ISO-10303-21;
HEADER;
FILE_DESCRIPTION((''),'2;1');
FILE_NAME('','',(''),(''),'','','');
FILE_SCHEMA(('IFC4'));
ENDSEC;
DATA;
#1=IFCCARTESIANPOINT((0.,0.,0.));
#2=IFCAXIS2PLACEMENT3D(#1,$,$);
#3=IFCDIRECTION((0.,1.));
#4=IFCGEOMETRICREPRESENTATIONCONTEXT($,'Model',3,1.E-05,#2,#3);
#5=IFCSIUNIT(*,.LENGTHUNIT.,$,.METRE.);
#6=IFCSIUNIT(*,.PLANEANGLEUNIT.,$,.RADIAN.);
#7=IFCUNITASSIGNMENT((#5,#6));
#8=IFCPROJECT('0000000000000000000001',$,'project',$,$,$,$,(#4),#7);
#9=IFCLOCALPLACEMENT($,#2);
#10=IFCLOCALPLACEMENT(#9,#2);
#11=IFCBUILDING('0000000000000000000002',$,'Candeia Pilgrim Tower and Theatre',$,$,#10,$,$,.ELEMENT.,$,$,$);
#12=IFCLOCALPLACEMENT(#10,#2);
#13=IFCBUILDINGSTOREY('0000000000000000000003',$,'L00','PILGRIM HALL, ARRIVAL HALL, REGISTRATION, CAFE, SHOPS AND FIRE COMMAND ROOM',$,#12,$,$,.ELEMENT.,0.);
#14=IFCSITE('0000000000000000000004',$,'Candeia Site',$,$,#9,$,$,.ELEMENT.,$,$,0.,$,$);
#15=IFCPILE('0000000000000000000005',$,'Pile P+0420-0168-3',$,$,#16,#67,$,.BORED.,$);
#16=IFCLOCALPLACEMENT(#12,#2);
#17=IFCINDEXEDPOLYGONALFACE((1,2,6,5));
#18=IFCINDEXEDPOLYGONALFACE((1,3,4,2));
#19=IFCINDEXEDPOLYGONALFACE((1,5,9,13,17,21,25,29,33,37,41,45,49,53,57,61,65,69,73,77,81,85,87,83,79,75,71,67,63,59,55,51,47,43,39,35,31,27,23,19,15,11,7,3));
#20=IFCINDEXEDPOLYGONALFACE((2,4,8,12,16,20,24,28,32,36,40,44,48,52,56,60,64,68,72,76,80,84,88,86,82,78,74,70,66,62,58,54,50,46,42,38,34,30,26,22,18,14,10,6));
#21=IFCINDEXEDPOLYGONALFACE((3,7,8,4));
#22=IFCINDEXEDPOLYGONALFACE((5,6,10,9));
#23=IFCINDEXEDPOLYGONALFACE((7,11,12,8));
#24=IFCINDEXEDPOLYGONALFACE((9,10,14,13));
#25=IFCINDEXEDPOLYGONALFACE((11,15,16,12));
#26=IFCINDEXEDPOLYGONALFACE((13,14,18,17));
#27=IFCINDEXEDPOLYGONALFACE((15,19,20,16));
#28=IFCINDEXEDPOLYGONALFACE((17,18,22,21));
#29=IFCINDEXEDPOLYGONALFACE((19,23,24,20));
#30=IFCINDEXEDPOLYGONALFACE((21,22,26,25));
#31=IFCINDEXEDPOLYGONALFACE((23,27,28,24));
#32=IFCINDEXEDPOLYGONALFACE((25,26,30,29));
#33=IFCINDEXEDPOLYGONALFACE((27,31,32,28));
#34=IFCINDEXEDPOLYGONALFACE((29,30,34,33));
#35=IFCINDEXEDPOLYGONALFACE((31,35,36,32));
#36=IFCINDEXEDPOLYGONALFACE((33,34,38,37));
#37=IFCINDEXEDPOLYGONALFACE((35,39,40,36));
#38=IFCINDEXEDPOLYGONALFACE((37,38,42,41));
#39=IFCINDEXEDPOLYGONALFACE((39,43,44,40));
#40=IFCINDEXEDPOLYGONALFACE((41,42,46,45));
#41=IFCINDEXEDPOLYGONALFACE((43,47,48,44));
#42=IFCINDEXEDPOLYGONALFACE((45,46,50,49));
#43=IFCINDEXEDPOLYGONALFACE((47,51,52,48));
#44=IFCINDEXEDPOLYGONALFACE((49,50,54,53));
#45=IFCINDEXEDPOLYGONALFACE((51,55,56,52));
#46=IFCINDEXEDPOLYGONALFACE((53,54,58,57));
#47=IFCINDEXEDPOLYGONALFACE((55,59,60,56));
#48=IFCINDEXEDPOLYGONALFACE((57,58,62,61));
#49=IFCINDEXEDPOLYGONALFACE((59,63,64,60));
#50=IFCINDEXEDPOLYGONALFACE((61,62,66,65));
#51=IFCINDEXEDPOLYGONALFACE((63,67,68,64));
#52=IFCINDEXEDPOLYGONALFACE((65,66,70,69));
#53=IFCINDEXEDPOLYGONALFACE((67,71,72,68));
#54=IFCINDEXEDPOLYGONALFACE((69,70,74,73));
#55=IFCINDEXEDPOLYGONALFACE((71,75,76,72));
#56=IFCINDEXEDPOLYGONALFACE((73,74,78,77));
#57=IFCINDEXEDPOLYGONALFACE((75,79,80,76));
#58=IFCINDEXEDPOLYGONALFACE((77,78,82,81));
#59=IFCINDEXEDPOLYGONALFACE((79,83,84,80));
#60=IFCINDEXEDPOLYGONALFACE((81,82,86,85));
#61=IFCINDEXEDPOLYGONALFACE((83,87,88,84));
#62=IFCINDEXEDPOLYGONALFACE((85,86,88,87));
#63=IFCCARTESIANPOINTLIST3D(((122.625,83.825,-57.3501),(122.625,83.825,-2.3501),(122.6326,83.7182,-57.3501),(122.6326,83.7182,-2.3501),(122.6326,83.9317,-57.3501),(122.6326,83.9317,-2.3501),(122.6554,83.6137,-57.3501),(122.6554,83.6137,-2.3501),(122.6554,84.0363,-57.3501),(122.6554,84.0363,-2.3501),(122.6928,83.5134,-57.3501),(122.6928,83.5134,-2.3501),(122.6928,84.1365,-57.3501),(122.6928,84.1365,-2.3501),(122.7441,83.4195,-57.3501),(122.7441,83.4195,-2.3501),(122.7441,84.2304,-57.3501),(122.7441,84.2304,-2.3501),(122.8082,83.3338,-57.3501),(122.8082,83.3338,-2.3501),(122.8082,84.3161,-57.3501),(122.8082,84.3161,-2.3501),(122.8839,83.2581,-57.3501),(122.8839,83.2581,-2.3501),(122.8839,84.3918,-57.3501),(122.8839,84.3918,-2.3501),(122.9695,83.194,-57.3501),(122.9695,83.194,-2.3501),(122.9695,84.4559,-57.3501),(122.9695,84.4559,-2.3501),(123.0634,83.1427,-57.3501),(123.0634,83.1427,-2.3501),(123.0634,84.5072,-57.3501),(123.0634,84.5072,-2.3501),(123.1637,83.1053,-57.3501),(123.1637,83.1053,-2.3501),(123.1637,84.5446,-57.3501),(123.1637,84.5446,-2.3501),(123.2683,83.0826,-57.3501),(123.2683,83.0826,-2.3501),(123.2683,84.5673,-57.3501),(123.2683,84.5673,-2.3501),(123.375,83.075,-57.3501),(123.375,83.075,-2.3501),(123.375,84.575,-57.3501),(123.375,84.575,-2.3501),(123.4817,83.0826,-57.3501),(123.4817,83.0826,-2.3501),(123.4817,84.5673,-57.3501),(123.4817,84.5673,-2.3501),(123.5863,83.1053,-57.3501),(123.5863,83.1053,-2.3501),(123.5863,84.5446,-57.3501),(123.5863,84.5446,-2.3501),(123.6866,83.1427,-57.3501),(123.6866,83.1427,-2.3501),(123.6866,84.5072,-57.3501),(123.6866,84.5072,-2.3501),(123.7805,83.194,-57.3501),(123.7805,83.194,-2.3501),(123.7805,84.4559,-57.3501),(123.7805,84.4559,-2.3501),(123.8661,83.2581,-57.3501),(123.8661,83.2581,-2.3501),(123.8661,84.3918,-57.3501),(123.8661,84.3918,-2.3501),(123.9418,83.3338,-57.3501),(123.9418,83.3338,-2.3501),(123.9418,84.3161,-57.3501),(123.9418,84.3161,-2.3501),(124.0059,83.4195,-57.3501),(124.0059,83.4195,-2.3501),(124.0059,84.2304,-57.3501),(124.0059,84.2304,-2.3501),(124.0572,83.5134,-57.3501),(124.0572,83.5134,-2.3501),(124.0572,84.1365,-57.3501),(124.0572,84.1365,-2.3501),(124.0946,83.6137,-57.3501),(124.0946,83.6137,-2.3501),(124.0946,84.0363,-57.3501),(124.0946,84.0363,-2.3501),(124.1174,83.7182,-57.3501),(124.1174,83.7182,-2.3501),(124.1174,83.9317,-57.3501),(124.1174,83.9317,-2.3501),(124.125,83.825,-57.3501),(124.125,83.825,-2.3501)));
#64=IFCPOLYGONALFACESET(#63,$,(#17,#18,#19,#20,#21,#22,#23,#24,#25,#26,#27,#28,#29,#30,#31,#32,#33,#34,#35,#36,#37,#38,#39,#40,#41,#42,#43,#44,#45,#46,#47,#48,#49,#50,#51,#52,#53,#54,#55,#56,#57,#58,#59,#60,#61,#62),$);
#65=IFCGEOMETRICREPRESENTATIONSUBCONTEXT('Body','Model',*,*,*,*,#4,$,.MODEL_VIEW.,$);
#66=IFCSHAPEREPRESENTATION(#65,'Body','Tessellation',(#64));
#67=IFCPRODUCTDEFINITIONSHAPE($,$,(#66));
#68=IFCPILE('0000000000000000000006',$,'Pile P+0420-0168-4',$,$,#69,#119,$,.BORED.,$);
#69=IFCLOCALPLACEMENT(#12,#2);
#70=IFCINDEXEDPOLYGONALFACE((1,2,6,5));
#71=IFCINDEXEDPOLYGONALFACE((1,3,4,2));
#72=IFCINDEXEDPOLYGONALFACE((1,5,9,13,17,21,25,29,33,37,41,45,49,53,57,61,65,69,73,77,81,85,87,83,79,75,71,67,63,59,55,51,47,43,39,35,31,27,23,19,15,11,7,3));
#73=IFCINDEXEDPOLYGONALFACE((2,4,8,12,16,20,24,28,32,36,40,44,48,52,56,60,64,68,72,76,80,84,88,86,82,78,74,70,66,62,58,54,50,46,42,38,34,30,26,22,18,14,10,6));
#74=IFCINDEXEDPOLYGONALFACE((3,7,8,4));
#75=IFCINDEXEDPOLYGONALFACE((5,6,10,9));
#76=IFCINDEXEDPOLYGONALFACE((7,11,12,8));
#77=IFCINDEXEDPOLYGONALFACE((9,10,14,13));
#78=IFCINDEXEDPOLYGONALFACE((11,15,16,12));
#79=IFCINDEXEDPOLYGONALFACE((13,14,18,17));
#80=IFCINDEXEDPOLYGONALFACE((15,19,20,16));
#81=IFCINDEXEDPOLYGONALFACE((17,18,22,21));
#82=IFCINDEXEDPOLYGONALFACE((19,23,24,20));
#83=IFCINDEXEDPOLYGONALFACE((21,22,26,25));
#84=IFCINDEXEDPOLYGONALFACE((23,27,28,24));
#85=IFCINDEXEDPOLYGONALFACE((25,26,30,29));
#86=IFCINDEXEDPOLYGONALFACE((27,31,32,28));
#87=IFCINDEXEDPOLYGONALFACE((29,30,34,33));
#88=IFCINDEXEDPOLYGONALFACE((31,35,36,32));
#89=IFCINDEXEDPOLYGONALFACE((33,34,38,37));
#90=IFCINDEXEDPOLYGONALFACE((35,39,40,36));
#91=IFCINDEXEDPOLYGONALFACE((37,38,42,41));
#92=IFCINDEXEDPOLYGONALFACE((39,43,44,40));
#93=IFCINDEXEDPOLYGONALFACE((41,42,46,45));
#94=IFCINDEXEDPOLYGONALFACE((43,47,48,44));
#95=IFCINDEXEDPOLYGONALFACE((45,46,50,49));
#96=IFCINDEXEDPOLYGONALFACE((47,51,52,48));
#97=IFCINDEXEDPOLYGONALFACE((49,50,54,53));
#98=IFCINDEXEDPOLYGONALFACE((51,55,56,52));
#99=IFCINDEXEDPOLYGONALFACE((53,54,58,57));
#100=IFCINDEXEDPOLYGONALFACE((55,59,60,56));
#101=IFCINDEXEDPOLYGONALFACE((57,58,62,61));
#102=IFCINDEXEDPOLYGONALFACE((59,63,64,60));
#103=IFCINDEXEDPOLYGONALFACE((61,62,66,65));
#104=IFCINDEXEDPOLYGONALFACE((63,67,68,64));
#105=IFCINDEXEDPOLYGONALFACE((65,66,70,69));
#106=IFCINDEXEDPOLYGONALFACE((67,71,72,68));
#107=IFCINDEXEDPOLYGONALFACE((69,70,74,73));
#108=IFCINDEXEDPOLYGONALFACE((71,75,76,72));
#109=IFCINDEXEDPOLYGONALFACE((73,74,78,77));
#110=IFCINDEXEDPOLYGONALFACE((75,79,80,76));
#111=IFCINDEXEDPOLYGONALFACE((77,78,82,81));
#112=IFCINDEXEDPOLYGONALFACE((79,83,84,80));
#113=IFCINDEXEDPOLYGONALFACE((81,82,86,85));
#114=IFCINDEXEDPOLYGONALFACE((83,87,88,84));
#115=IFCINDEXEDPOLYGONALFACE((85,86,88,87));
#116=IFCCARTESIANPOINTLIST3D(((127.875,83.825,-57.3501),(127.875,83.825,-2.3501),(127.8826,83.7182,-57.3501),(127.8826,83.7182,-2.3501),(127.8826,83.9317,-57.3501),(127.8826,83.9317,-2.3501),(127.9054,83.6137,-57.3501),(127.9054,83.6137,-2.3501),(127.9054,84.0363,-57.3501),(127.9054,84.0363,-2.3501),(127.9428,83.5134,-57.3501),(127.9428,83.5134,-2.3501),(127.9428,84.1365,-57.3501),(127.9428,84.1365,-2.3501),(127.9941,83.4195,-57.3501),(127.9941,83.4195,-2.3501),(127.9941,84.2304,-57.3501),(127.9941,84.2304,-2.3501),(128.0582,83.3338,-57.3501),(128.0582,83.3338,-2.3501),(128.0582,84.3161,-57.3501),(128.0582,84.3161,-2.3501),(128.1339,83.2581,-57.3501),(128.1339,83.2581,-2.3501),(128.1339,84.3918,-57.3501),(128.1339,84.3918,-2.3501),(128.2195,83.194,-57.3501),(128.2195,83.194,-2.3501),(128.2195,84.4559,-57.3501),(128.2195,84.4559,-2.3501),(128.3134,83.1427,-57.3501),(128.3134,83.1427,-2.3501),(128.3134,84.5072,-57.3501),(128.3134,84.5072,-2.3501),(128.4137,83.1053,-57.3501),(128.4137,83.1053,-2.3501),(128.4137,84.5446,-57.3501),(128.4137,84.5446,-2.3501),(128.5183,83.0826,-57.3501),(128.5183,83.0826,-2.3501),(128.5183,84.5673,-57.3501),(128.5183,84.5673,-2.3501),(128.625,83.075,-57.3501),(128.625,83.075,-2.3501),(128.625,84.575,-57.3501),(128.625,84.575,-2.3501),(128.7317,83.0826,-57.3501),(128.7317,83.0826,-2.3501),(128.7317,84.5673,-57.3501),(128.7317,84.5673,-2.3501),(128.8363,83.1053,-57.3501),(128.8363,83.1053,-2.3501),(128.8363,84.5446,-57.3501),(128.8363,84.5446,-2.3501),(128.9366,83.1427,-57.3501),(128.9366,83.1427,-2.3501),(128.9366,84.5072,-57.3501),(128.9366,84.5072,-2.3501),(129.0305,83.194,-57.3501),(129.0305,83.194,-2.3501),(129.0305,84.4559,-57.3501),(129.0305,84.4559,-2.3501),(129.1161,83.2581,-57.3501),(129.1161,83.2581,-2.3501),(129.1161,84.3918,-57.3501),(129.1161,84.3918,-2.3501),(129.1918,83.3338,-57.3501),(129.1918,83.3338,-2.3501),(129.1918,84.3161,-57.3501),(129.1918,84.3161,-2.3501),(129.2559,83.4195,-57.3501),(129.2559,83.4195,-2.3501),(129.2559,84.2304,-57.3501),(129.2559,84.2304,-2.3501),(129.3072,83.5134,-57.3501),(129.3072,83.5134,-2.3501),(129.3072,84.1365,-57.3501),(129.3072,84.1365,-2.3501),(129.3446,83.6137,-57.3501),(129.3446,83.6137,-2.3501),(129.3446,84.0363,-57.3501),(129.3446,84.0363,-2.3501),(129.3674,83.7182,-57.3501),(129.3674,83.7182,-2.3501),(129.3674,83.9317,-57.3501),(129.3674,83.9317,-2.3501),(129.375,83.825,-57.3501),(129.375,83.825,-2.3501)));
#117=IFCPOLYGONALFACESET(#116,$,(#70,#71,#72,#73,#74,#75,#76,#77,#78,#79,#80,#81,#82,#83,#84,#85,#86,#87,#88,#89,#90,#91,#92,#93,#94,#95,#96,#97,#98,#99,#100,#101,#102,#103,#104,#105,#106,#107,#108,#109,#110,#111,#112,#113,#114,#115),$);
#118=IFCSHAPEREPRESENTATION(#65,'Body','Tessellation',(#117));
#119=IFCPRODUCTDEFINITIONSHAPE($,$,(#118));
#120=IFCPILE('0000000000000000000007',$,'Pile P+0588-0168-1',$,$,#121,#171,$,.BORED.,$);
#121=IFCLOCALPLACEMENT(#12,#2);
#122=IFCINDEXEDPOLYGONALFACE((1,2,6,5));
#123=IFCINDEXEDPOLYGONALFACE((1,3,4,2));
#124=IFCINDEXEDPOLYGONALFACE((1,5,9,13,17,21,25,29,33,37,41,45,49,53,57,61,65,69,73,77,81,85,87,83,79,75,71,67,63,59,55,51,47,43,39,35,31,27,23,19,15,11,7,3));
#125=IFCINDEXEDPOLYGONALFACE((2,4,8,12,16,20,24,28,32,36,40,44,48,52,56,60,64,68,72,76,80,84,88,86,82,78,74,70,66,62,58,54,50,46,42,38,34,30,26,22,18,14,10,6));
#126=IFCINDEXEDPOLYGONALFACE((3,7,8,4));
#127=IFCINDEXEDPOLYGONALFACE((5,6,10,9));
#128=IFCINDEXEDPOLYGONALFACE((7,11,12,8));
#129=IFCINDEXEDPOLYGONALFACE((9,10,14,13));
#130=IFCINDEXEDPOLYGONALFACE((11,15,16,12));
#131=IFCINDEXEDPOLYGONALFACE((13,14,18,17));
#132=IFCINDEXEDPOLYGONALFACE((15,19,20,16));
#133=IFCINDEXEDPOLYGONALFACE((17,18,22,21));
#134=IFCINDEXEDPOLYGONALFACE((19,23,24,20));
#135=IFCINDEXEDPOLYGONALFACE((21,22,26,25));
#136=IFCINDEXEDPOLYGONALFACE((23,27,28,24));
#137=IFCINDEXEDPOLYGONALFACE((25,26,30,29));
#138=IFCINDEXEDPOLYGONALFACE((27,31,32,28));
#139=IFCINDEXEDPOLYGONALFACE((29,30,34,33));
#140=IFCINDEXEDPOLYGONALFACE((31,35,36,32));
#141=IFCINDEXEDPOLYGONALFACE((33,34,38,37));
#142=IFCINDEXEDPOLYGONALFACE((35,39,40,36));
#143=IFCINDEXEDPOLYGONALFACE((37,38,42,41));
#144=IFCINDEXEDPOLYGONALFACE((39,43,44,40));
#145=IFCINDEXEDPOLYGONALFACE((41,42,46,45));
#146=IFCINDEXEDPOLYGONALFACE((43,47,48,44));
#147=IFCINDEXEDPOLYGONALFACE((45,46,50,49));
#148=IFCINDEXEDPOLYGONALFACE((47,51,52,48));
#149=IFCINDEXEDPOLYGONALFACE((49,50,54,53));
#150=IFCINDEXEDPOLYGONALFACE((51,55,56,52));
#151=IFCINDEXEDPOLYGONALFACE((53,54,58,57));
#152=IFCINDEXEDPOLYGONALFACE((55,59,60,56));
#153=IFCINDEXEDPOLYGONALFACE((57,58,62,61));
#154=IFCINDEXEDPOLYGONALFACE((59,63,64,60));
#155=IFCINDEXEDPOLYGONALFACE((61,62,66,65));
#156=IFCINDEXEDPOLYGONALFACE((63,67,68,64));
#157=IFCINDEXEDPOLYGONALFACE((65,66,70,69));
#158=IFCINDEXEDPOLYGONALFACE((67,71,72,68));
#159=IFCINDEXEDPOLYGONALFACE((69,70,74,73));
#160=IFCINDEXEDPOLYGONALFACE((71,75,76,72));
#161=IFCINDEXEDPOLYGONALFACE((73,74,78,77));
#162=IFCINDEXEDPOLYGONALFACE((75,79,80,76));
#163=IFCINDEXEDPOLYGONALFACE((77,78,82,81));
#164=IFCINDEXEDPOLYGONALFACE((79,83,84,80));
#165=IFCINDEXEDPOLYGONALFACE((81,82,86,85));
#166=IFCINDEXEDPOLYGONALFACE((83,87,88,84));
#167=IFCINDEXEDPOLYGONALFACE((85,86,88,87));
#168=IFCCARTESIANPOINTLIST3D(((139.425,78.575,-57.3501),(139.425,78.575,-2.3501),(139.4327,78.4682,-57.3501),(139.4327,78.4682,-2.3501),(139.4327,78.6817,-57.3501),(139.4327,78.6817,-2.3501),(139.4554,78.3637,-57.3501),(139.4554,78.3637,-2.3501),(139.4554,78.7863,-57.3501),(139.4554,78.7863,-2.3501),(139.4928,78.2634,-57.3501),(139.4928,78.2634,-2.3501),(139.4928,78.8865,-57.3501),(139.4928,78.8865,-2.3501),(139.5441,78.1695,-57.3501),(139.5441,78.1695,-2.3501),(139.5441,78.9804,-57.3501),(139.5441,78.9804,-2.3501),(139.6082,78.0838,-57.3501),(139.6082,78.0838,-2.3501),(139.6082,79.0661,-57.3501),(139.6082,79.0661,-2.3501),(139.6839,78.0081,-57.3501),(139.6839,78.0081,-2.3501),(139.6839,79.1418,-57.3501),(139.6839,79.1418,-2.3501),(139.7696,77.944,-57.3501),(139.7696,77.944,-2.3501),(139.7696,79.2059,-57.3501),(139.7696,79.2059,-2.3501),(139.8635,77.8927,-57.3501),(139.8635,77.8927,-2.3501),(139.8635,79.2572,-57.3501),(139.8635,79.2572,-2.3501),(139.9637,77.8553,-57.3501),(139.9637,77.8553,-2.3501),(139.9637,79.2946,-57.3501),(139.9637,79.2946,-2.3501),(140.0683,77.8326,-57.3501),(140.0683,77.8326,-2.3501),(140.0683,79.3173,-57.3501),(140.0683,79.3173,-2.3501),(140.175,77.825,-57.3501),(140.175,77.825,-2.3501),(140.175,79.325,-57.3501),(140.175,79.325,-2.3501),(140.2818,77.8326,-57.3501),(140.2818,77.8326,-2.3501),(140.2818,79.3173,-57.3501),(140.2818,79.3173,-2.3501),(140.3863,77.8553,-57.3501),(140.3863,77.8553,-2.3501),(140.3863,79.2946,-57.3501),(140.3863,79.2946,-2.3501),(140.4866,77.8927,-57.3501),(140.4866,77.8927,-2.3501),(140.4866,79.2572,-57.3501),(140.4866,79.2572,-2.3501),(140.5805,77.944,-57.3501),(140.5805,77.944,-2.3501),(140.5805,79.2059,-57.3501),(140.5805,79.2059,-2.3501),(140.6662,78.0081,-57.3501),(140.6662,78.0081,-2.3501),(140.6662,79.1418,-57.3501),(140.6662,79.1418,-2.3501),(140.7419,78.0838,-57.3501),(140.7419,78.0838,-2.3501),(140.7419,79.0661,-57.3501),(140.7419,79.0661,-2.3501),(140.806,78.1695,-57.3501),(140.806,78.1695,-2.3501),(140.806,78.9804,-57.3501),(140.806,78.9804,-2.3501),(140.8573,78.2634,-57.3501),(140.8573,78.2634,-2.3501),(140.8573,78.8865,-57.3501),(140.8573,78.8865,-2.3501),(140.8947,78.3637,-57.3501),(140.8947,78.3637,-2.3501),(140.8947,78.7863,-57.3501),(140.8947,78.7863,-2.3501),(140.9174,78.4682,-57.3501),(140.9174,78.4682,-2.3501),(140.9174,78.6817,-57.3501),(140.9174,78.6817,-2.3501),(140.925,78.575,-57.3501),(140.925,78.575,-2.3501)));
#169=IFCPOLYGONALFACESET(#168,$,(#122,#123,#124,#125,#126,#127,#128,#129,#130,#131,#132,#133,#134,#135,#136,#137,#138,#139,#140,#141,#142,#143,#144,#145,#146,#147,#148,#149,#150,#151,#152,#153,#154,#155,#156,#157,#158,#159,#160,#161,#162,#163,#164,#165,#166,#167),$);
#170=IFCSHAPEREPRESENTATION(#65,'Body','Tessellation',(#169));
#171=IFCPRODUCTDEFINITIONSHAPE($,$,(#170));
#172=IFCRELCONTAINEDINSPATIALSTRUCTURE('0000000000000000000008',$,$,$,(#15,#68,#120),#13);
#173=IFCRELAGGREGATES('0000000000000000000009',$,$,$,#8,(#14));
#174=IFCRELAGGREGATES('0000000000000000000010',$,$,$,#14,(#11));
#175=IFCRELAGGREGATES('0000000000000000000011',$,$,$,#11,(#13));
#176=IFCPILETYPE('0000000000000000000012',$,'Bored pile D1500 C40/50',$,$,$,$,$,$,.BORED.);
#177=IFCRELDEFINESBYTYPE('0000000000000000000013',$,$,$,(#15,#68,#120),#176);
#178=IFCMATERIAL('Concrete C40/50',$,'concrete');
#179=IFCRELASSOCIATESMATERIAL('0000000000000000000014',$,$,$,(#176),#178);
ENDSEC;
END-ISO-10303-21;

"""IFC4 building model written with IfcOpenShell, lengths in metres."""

from ifc_helpers import new_model, si_unit, direction, frame, origin, origin_2d, place, context, subcontext, project, spatial, circle, extrude, material, material_profile, profile_set, type_object, element, save


model = new_model("IFC4")

# Units and contexts
model_context = context("Model", 3, precision=1e-05, world=origin(), true_north=direction((0.0, 1.0)))
body_context = subcontext(model_context, "Body", "Model", "MODEL_VIEW")
ifc_project = project(units=[si_unit("LENGTHUNIT", "METRE"), si_unit("PLANEANGLEUNIT", "RADIAN")], contexts=[model_context])

# Site, building, storey
site_placement = place(None, origin())
site = spatial("IfcSite", under=ifc_project, at=site_placement, Name="Candeia Site", CompositionType="ELEMENT", RefElevation=0.0)
building_placement = place(site_placement, origin())
building = spatial("IfcBuilding", under=site, at=building_placement, Name="Candeia Pilgrim Tower and Theatre", CompositionType="ELEMENT")
storey_placement = place(building_placement, origin())
storey = spatial("IfcBuildingStorey", under=building, at=storey_placement, Name="L00", Description="PILGRIM HALL, ARRIVAL HALL, REGISTRATION, CAFE, SHOPS AND FIRE COMMAND ROOM", CompositionType="ELEMENT", Elevation=0.0)

# Piles
ifc_material_1 = material(Name="Concrete C40/50", Category="concrete")
ifc_material_profile_1 = material_profile(ifc_material_1, circle(Radius=0.75, at=origin_2d()))
ifc_profile_set_1 = profile_set([ifc_material_profile_1], Name="Concrete C40/50")
pile_type = type_object("IfcPileType", Name="Bored pile D1500 C40/50", PredefinedType="BORED", material=ifc_profile_set_1)
for number, where, z_axis, x_axis, name in (
    (1, (123.375, 83.825, -2.3501), (0.0, 0.0, -1.0), (1.0, 0.0, 0.0), "Pile P+0420-0168-3"),
    (2, (128.625, 83.825, -2.3501), (0.0, 0.0, -1.0), (1.0, 0.0, 0.0), "Pile P+0420-0168-4"),
    (3, (140.175, 78.575, -2.3501), (0.0, 0.0, -1.0), (1.0, 0.0, 0.0), "Pile P+0588-0168-1"),
):
    element("IfcPile", number, at=place(storey_placement, frame(where, z_axis=z_axis, x_axis=x_axis)), inside=storey, type_object=pile_type, Name=name, PredefinedType="BORED", context=body_context, shape_type="SweptSolid", body=[
        extrude(circle(Radius=0.75, at=origin_2d()), origin(), (0.0, 0.0, 1.0), 55.0),
    ])

save(model, "model.ifc")
